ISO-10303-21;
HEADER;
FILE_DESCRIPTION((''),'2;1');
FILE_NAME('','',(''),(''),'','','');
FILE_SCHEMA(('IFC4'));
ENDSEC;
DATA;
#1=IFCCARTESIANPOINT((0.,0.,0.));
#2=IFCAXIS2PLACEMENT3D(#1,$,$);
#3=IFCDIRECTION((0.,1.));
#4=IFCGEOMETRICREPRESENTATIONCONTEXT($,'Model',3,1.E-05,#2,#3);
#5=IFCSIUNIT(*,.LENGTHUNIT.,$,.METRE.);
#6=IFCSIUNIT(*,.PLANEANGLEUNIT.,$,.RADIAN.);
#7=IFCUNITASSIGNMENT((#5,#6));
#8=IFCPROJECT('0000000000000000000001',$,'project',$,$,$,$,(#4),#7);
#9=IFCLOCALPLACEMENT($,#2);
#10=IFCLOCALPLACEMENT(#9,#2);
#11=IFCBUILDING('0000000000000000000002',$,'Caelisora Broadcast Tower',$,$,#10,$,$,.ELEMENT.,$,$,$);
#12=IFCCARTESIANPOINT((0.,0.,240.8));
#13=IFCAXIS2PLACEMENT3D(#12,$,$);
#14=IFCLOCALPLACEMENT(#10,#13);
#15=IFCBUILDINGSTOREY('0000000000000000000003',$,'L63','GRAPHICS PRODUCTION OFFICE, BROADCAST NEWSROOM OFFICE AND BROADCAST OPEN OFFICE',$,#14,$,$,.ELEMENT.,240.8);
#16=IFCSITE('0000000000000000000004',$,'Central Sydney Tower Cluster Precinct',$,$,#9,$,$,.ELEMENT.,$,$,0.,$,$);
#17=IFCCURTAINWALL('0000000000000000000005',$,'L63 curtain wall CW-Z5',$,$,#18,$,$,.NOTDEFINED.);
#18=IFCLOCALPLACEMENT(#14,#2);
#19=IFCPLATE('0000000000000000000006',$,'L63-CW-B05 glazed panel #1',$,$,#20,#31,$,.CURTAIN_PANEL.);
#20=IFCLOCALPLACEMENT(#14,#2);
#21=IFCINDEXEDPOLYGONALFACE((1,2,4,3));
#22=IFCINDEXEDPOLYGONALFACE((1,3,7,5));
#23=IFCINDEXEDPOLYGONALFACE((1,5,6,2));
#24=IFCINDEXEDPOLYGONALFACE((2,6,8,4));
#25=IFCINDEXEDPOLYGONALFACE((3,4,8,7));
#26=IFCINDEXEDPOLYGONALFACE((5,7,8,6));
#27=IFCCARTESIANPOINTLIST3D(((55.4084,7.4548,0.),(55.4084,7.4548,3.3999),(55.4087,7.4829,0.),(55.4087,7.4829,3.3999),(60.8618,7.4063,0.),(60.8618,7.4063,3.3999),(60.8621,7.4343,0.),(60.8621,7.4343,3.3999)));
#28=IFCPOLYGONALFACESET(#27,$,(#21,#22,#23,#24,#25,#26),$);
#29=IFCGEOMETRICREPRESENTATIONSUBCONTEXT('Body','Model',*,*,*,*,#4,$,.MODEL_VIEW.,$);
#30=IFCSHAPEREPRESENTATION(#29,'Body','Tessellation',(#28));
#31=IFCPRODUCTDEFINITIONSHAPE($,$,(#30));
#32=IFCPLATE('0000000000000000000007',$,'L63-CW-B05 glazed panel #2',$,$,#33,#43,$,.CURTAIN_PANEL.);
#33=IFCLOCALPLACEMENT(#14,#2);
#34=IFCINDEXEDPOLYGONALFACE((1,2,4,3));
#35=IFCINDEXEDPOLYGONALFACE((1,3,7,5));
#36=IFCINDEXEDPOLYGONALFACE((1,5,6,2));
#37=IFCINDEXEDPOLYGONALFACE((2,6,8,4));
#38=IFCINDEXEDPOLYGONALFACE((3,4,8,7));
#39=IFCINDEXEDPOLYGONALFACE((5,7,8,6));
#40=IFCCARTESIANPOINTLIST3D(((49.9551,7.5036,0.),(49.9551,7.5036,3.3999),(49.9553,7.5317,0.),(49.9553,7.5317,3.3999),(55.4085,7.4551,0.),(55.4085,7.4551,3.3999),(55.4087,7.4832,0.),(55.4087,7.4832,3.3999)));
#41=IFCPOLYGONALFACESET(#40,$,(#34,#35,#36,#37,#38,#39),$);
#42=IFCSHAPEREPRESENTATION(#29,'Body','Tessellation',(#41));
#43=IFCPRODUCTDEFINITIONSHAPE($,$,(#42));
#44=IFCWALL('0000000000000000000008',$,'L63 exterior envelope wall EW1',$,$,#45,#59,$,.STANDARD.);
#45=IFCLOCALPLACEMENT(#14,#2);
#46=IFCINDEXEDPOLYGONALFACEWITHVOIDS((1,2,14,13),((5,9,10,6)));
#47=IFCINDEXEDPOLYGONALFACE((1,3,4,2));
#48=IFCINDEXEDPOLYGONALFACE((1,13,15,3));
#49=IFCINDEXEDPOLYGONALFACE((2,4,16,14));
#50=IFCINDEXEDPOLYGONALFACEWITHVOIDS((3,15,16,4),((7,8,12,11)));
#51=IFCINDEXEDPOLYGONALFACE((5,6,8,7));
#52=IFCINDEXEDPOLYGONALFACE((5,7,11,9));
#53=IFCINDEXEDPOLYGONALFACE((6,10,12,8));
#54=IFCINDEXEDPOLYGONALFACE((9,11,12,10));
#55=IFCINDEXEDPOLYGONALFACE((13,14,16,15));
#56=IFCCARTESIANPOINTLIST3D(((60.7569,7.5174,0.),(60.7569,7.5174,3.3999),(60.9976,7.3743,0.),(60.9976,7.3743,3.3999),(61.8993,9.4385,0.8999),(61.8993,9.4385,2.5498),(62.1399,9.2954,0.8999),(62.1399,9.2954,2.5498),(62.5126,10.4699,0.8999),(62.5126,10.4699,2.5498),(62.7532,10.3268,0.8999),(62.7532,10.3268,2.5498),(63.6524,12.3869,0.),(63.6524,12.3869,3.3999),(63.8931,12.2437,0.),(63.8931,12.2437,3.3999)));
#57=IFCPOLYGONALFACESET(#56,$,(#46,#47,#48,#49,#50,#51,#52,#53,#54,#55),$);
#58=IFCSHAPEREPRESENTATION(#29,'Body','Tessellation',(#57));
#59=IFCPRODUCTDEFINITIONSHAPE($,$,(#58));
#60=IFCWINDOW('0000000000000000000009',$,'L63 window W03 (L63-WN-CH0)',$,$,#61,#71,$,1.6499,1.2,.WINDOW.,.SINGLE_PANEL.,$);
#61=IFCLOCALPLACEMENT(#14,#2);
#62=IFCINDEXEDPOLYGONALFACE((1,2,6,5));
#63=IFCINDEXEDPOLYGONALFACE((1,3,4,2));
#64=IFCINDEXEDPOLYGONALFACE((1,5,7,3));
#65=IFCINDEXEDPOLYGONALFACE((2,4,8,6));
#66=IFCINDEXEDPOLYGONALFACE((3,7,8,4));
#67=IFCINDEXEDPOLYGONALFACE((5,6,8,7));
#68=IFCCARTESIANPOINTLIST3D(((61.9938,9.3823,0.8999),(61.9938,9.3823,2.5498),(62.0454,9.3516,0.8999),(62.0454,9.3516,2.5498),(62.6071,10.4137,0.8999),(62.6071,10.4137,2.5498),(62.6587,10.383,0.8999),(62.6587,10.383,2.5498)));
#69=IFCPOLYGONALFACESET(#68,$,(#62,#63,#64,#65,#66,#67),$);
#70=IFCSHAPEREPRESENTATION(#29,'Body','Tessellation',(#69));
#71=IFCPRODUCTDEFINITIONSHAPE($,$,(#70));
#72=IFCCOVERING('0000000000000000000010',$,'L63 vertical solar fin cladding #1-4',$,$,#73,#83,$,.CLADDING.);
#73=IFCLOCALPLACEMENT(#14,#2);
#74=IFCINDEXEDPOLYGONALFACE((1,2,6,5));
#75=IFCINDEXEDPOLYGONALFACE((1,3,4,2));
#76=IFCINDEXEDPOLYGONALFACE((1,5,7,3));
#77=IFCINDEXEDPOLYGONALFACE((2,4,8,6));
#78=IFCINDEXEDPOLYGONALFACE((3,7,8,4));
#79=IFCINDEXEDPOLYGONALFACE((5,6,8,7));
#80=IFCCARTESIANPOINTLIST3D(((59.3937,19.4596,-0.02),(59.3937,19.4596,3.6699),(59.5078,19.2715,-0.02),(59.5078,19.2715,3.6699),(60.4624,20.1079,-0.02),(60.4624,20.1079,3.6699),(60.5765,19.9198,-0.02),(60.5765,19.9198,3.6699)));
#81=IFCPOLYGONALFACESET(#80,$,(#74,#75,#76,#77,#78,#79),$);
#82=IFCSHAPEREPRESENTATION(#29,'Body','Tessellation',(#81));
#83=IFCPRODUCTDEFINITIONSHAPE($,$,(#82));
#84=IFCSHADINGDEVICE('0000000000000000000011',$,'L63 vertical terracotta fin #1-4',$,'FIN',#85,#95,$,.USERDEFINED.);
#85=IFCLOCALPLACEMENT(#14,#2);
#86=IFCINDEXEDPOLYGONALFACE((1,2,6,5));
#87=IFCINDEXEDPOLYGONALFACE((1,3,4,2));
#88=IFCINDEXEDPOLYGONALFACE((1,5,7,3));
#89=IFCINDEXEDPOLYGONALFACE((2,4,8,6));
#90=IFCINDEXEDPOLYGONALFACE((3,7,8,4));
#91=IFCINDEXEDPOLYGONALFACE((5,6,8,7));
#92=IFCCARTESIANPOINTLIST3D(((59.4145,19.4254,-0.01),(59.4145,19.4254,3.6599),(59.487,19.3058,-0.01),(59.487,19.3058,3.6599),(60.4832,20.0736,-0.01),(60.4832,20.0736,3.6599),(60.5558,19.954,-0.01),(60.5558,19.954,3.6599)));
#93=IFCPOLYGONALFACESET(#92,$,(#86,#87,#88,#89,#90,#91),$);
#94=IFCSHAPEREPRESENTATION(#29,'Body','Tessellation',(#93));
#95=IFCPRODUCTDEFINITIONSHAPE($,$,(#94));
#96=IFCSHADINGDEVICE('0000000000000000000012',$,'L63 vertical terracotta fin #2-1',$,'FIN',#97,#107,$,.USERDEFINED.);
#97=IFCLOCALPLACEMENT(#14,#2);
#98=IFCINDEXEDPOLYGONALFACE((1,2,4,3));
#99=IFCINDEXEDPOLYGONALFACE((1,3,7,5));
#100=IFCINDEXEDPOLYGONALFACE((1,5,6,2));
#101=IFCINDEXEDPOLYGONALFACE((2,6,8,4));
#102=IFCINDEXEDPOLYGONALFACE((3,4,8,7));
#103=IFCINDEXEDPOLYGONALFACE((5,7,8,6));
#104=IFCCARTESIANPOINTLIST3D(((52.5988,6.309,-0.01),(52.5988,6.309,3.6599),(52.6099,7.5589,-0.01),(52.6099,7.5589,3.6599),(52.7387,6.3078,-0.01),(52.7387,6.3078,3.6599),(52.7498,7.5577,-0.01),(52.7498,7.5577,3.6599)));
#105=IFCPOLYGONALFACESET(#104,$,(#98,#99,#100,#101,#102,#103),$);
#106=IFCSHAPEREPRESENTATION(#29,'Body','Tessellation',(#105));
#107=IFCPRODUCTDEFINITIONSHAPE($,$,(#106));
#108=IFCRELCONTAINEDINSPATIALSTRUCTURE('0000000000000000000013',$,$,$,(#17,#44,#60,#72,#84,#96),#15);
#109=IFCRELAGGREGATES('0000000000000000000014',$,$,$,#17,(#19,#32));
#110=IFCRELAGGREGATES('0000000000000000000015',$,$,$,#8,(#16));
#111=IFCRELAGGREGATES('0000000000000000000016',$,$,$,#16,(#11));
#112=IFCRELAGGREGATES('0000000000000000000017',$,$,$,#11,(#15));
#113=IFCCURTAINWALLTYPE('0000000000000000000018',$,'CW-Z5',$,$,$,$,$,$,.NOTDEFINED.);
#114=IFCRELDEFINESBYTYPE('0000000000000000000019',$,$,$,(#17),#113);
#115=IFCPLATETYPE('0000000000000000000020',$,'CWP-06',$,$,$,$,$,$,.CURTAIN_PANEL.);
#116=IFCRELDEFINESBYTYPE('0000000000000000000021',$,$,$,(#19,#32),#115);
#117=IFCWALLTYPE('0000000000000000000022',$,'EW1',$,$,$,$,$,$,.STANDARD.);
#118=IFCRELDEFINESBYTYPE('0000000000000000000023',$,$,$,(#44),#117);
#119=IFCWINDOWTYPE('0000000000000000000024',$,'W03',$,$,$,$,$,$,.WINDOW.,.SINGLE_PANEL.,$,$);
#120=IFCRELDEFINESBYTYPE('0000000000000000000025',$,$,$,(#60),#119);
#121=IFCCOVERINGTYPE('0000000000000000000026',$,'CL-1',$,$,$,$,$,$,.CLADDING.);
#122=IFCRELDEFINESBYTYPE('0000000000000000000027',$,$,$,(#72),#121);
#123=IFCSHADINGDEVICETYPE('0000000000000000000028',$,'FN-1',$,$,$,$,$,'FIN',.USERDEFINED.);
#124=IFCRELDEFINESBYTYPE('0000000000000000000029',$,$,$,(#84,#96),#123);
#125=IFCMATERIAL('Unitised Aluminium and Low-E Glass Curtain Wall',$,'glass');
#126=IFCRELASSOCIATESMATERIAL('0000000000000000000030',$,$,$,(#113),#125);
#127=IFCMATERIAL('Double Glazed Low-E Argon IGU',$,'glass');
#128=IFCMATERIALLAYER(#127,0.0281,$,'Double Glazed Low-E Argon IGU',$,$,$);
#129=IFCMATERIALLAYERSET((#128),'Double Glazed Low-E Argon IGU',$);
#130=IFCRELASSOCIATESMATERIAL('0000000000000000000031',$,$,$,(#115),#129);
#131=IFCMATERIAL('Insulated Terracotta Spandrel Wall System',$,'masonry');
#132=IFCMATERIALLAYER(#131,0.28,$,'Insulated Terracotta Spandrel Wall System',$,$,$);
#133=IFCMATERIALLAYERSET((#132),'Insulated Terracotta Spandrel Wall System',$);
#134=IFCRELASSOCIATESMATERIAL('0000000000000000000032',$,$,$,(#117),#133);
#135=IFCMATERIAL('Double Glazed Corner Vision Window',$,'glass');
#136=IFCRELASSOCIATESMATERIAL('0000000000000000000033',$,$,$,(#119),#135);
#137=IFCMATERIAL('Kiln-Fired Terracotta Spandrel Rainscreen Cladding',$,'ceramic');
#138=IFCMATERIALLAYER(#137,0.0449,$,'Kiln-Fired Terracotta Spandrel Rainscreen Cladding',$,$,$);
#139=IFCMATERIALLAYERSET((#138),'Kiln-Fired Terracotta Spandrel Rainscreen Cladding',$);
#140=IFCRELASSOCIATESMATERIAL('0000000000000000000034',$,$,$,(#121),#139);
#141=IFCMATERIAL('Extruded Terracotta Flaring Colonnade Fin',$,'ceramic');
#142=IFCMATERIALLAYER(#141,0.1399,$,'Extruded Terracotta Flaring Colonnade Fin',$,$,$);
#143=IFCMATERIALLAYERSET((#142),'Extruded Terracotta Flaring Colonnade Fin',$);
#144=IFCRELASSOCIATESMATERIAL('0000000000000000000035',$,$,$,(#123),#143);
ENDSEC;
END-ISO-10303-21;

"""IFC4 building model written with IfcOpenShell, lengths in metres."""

from ifc_helpers import new_model, si_unit, direction, frame, frame_2d, origin, origin_2d, place, context, subcontext, project, spatial, rectangle, extrude, source, transform, mapped, material, layer, layer_set, type_object, type_shapes, element, fill, aggregate, save


model = new_model("IFC4")

# Units and contexts
model_context = context("Model", 3, precision=1e-05, world=origin(), true_north=direction((0.0, 1.0)))
body_context = subcontext(model_context, "Body", "Model", "MODEL_VIEW")
ifc_project = project(units=[si_unit("LENGTHUNIT", "METRE"), si_unit("PLANEANGLEUNIT", "RADIAN")], contexts=[model_context])

# Site, building, storey
site_placement = place(None, origin())
site = spatial("IfcSite", under=ifc_project, at=site_placement, Name="Central Sydney Tower Cluster Precinct", CompositionType="ELEMENT", RefElevation=0.0)
building_placement = place(site_placement, origin())
building = spatial("IfcBuilding", under=site, at=building_placement, Name="Caelisora Broadcast Tower", CompositionType="ELEMENT")
storey_placement = place(building_placement, frame((0.0, 0.0, 240.8)))
storey = spatial("IfcBuildingStorey", under=building, at=storey_placement, Name="L63", Description="GRAPHICS PRODUCTION OFFICE, BROADCAST NEWSROOM OFFICE AND BROADCAST OPEN OFFICE", CompositionType="ELEMENT", Elevation=240.8)

# Curtain wall
ifc_material_1 = material(Name="Unitised Aluminium and Low-E Glass Curtain Wall", Category="glass")
curtain_wall_type = type_object("IfcCurtainWallType", Name="CW-Z5", PredefinedType="NOTDEFINED", material=ifc_material_1)
curtain_wall_1_placement = place(storey_placement, origin())
curtain_wall_1 = element("IfcCurtainWall", 1, at=curtain_wall_1_placement, inside=storey, type_object=curtain_wall_type, Name="L63 curtain wall CW-Z5", PredefinedType="NOTDEFINED")

# Plates
ifc_material_2 = material(Name="Double Glazed Low-E Argon IGU", Category="glass")
ifc_layer_1 = layer(ifc_material_2, 0.0281, Name="Double Glazed Low-E Argon IGU")
ifc_layer_set_1 = layer_set([ifc_layer_1], Name="Double Glazed Low-E Argon IGU")
plate_type_1 = type_object("IfcPlateType", Name="CWP-06", PredefinedType="CURTAIN_PANEL", material=ifc_layer_set_1)
shared_shape_1 = source(origin(), body_context, "Body", "SweptSolid", [
    extrude(rectangle(XDim=5.4536, YDim=0.0281, at=origin_2d()), origin(), (0.0, 0.0, 1.0), 3.3999),
])
plate_1_placement = place(storey_placement, frame((58.1353, 7.4446, 0.0), z_axis=(0.0, 0.0, 1.0), x_axis=(-0.99996, 0.008901, 0.0)))
plate_1 = element("IfcPlate", 2, at=plate_1_placement, type_object=plate_type_1, Name="L63-CW-B05 glazed panel #1", PredefinedType="CURTAIN_PANEL", context=body_context, shape_type="MappedRepresentation", body=[
    mapped(shared_shape_1, transform((0.0, 0.0, 0.0), scale=1.0)),
])
plate_2_placement = place(storey_placement, frame((52.6819, 7.4934, 0.0), z_axis=(0.0, 0.0, 1.0), x_axis=(-0.99996, 0.008901, 0.0)))
plate_2 = element("IfcPlate", 3, at=plate_2_placement, type_object=plate_type_1, Name="L63-CW-B05 glazed panel #2", PredefinedType="CURTAIN_PANEL", context=body_context, shape_type="MappedRepresentation", body=[
    mapped(shared_shape_1, transform((0.0, 0.0, 0.0), scale=1.0)),
])
aggregate(curtain_wall_1, [plate_1, plate_2])

# Wall, opening, window
ifc_material_3 = material(Name="Insulated Terracotta Spandrel Wall System", Category="masonry")
ifc_layer_2 = layer(ifc_material_3, 0.28, Name="Insulated Terracotta Spandrel Wall System")
ifc_layer_set_2 = layer_set([ifc_layer_2], Name="Insulated Terracotta Spandrel Wall System")
wall_type = type_object("IfcWallType", Name="EW1", PredefinedType="STANDARD", material=ifc_layer_set_2)
wall_placement = place(storey_placement, frame((63.7727, 12.3152, 0.0), z_axis=(0.0, 0.0, 1.0), x_axis=(-0.511101, -0.859521, 0.0)))
wall = element("IfcWall", 4, at=wall_placement, inside=storey, type_object=wall_type, Name="L63 exterior envelope wall EW1", PredefinedType="STANDARD", context=body_context, shape_type="SweptSolid", body=[
    extrude(rectangle(XDim=5.6653, YDim=0.28, at=frame_2d((2.8325, 0.0))), origin(), (0.0, 0.0, 1.0), 3.3999),
])
opening_placement = place(wall_placement, frame((2.23, 0.0, 0.8999)))
opening = element("IfcOpeningElement", 5, at=opening_placement, cuts=wall, PredefinedType="OPENING", context=body_context, shape_type="SweptSolid", body=[
    extrude(rectangle(XDim=1.2, YDim=1.6499, at=frame_2d((0.6001, 0.825))), frame((0.0, 0.1521, 0.0), z_axis=(0.0, -1.0, 0.0), x_axis=(1.0, 0.0, 0.0)), (0.0, 0.0, 1.0), 0.304),
])
ifc_material_4 = material(Name="Double Glazed Corner Vision Window", Category="glass")
window_type = type_object("IfcWindowType", Name="W03", PartitioningType="SINGLE_PANEL", PredefinedType="WINDOW", material=ifc_material_4)
window_placement = place(opening_placement, origin())
window = element("IfcWindow", 6, at=window_placement, inside=storey, type_object=window_type, Name="L63 window W03 (L63-WN-CH0)", OverallHeight=1.6499, OverallWidth=1.2, PartitioningType="SINGLE_PANEL", PredefinedType="WINDOW", context=body_context, shape_type="SweptSolid", body=[
    extrude(rectangle(XDim=1.2, YDim=1.6499, at=frame_2d((0.6001, 0.825))), frame((0.0, 0.03, 0.0), z_axis=(0.0, -1.0, 0.0), x_axis=(1.0, 0.0, 0.0)), (0.0, 0.0, 1.0), 0.0601),
])
fill(opening, window)

# Covering
ifc_material_5 = material(Name="Kiln-Fired Terracotta Spandrel Rainscreen Cladding", Category="ceramic")
ifc_layer_3 = layer(ifc_material_5, 0.0449, Name="Kiln-Fired Terracotta Spandrel Rainscreen Cladding")
ifc_layer_set_3 = layer_set([ifc_layer_3], Name="Kiln-Fired Terracotta Spandrel Rainscreen Cladding")
covering_type = type_object("IfcCoveringType", Name="CL-1", PredefinedType="CLADDING", material=ifc_layer_set_3)
shared_shape_2 = source(origin(), body_context, "Body", "SweptSolid", [
    extrude(rectangle(XDim=0.22, YDim=1.25, at=origin_2d()), origin(), (0.0, 0.0, 1.0), 3.6899),
])
type_shapes(covering_type, [shared_shape_2])
covering_placement = place(storey_placement, frame((59.9851, 19.6897, -0.02), z_axis=(0.0, 0.0, 1.0), x_axis=(0.518624, -0.855002, 0.0)))
element("IfcCovering", 7, at=covering_placement, inside=storey, type_object=covering_type, Name="L63 vertical solar fin cladding #1-4", PredefinedType="CLADDING", context=body_context, shape_type="MappedRepresentation", body=[
    mapped(shared_shape_2, transform((0.0, 0.0, 0.0), scale=1.0)),
])

# Shading devices
ifc_material_6 = material(Name="Extruded Terracotta Flaring Colonnade Fin", Category="ceramic")
ifc_layer_4 = layer(ifc_material_6, 0.1399, Name="Extruded Terracotta Flaring Colonnade Fin")
ifc_layer_set_4 = layer_set([ifc_layer_4], Name="Extruded Terracotta Flaring Colonnade Fin")
shading_device_type = type_object("IfcShadingDeviceType", Name="FN-1", ElementType="FIN", PredefinedType="USERDEFINED", material=ifc_layer_set_4)
shared_shape_3 = source(origin(), body_context, "Body", "SweptSolid", [
    extrude(rectangle(XDim=0.1399, YDim=1.25, at=origin_2d()), origin(), (0.0, 0.0, 1.0), 3.6699),
])
type_shapes(shading_device_type, [shared_shape_3])
for number, where, z_axis, x_axis, name in (
    (8, (59.9851, 19.6897, -0.01), (0.0, 0.0, 1.0), (0.518624, -0.855002, 0.0), "L63 vertical terracotta fin #1-4"),
    (9, (52.6743, 6.9333, -0.01), (0.0, 0.0, 1.0), (-0.99996, 0.008901, 0.0), "L63 vertical terracotta fin #2-1"),
):
    element("IfcShadingDevice", number, at=place(storey_placement, frame(where, z_axis=z_axis, x_axis=x_axis)), inside=storey, type_object=shading_device_type, Name=name, ObjectType="FIN", PredefinedType="USERDEFINED", context=body_context, shape_type="MappedRepresentation", body=[
        mapped(shared_shape_3, transform((0.0, 0.0, 0.0), scale=1.0)),
    ])

save(model, "model.ifc")
